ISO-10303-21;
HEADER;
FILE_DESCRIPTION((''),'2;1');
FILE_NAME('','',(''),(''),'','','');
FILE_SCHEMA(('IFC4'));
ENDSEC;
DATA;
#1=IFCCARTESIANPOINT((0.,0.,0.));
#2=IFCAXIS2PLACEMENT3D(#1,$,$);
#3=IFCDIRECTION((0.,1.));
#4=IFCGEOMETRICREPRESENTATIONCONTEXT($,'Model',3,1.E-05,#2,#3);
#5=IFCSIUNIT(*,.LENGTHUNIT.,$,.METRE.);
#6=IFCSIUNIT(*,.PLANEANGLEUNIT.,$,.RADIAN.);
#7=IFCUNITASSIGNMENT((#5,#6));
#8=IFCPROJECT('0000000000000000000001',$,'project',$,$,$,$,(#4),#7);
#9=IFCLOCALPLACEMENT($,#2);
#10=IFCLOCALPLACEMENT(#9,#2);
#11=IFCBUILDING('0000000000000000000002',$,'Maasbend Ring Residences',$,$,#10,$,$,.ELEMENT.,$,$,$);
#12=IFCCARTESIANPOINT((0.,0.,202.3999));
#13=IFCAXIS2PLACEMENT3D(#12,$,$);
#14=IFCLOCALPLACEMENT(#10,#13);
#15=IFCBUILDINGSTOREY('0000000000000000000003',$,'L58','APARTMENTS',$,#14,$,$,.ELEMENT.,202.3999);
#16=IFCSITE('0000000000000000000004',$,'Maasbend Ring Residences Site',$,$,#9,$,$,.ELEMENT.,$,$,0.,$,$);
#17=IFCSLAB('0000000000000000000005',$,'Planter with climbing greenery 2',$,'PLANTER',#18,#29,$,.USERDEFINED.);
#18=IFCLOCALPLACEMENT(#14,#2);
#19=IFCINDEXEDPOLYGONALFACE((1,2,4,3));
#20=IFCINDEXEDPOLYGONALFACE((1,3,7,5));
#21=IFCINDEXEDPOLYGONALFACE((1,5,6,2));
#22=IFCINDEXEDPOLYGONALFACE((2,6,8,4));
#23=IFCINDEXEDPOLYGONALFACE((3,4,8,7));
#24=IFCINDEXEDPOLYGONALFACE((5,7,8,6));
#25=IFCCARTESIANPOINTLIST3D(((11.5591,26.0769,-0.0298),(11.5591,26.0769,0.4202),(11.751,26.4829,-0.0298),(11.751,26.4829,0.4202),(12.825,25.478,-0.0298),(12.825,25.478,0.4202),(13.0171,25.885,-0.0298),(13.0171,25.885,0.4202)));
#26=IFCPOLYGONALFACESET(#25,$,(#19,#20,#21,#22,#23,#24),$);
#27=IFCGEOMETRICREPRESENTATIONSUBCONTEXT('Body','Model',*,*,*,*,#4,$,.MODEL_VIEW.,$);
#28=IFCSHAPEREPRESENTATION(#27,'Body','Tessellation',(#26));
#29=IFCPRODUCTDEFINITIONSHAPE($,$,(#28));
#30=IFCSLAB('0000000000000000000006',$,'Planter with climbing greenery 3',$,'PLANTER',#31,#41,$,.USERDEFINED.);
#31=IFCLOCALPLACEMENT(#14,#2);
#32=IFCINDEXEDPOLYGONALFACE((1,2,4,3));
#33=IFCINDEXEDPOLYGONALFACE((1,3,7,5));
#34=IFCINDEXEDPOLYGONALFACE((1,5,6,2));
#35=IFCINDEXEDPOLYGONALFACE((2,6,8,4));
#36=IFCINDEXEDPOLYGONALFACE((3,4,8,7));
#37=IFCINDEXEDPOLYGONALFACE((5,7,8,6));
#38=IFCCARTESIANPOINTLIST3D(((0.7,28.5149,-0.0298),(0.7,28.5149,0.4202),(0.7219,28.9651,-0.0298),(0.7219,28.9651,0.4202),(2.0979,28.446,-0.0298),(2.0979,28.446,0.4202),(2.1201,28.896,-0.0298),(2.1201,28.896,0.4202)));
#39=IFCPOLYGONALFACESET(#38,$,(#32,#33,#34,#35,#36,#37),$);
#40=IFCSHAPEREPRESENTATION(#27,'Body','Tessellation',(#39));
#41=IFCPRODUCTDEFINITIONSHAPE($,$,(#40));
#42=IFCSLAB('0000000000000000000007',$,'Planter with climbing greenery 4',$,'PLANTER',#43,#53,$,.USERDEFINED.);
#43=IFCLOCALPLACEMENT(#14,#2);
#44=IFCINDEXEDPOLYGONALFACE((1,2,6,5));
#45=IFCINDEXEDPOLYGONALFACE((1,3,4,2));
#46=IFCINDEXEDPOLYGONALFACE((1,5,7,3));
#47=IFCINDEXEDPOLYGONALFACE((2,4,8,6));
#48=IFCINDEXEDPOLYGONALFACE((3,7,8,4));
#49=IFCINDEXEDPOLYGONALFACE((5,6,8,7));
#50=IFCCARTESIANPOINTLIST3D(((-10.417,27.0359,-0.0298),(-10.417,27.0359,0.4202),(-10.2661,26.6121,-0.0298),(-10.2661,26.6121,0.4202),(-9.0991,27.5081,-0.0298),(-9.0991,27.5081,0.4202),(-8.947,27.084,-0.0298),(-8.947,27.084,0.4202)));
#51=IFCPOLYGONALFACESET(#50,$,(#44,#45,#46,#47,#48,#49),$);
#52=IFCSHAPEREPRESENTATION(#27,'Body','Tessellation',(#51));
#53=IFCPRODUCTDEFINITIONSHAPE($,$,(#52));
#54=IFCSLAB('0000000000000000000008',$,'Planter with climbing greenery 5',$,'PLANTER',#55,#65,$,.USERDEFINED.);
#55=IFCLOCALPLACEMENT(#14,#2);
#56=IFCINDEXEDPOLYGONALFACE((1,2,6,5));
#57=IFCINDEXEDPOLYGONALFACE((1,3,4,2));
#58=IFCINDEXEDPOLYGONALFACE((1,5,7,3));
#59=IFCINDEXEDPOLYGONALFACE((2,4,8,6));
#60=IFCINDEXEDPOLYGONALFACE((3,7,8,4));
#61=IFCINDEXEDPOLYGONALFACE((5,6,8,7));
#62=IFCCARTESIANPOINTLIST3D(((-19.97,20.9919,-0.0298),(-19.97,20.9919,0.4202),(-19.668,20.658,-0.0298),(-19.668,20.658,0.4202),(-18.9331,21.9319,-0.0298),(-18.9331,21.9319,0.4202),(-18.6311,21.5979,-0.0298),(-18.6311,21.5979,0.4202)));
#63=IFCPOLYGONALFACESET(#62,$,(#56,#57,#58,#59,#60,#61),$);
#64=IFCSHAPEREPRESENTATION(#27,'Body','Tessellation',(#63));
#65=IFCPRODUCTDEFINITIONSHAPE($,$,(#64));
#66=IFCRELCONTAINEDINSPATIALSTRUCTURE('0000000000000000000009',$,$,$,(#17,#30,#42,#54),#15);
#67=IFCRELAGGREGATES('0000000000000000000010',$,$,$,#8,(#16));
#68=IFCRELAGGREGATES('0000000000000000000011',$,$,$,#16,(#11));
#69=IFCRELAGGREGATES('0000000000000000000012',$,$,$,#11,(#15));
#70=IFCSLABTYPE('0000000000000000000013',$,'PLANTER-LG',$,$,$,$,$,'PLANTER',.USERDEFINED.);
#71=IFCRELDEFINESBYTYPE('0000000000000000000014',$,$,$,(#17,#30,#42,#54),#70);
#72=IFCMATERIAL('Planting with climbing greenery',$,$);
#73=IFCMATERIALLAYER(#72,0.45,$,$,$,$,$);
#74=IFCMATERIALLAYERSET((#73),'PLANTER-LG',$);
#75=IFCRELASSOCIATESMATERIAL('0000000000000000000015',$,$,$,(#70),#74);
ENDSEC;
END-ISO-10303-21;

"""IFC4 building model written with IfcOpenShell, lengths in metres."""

from ifc_helpers import new_model, si_unit, direction, frame, origin, place, context, subcontext, project, spatial, polyline, outline, extrude, material, layer, layer_set, type_object, element, save


model = new_model("IFC4")

# Units and contexts
model_context = context("Model", 3, precision=1e-05, world=origin(), true_north=direction((0.0, 1.0)))
body_context = subcontext(model_context, "Body", "Model", "MODEL_VIEW")
ifc_project = project(units=[si_unit("LENGTHUNIT", "METRE"), si_unit("PLANEANGLEUNIT", "RADIAN")], contexts=[model_context])

# Site, building, storey
site_placement = place(None, origin())
site = spatial("IfcSite", under=ifc_project, at=site_placement, Name="Maasbend Ring Residences Site", CompositionType="ELEMENT", RefElevation=0.0)
building_placement = place(site_placement, origin())
building = spatial("IfcBuilding", under=site, at=building_placement, Name="Maasbend Ring Residences", CompositionType="ELEMENT")
storey_placement = place(building_placement, frame((0.0, 0.0, 202.3999)))
storey = spatial("IfcBuildingStorey", under=building, at=storey_placement, Name="L58", Description="APARTMENTS", CompositionType="ELEMENT", Elevation=202.3999)

# Slabs
ifc_material_1 = material(Name="Planting with climbing greenery")
ifc_layer_1 = layer(ifc_material_1, 0.45)
ifc_layer_set_1 = layer_set([ifc_layer_1], Name="PLANTER-LG")
slab_type_1 = type_object("IfcSlabType", Name="PLANTER-LG", ElementType="PLANTER", PredefinedType="USERDEFINED", material=ifc_layer_set_1)
slab_1_placement = place(storey_placement, frame((0.0, 0.0, -0.0298)))
element("IfcSlab", 1, at=slab_1_placement, inside=storey, type_object=slab_type_1, Name="Planter with climbing greenery 2", ObjectType="PLANTER", PredefinedType="USERDEFINED", context=body_context, shape_type="SweptSolid", body=[
    extrude(outline(polyline([(13.0171, 25.885), (11.751, 26.4829), (11.5591, 26.0769), (12.825, 25.478), (13.0171, 25.885)])), origin(), (0.0, 0.0, 1.0), 0.45),
])
slab_2_placement = place(storey_placement, frame((0.0, 0.0, -0.0298)))
element("IfcSlab", 2, at=slab_2_placement, inside=storey, type_object=slab_type_1, Name="Planter with climbing greenery 3", ObjectType="PLANTER", PredefinedType="USERDEFINED", context=body_context, shape_type="SweptSolid", body=[
    extrude(outline(polyline([(2.1201, 28.896), (0.7219, 28.9651), (0.7, 28.5149), (2.0979, 28.446), (2.1201, 28.896)])), origin(), (0.0, 0.0, 1.0), 0.45),
])
slab_3_placement = place(storey_placement, frame((0.0, 0.0, -0.0298)))
element("IfcSlab", 3, at=slab_3_placement, inside=storey, type_object=slab_type_1, Name="Planter with climbing greenery 4", ObjectType="PLANTER", PredefinedType="USERDEFINED", context=body_context, shape_type="SweptSolid", body=[
    extrude(outline(polyline([(-9.0991, 27.5081), (-10.417, 27.0359), (-10.2661, 26.6121), (-8.947, 27.084), (-9.0991, 27.5081)])), origin(), (0.0, 0.0, 1.0), 0.45),
])
slab_4_placement = place(storey_placement, frame((0.0, 0.0, -0.0298)))
element("IfcSlab", 4, at=slab_4_placement, inside=storey, type_object=slab_type_1, Name="Planter with climbing greenery 5", ObjectType="PLANTER", PredefinedType="USERDEFINED", context=body_context, shape_type="SweptSolid", body=[
    extrude(outline(polyline([(-18.9331, 21.9319), (-19.97, 20.9919), (-19.668, 20.658), (-18.6311, 21.5979), (-18.9331, 21.9319)])), origin(), (0.0, 0.0, 1.0), 0.45),
])

save(model, "model.ifc")
